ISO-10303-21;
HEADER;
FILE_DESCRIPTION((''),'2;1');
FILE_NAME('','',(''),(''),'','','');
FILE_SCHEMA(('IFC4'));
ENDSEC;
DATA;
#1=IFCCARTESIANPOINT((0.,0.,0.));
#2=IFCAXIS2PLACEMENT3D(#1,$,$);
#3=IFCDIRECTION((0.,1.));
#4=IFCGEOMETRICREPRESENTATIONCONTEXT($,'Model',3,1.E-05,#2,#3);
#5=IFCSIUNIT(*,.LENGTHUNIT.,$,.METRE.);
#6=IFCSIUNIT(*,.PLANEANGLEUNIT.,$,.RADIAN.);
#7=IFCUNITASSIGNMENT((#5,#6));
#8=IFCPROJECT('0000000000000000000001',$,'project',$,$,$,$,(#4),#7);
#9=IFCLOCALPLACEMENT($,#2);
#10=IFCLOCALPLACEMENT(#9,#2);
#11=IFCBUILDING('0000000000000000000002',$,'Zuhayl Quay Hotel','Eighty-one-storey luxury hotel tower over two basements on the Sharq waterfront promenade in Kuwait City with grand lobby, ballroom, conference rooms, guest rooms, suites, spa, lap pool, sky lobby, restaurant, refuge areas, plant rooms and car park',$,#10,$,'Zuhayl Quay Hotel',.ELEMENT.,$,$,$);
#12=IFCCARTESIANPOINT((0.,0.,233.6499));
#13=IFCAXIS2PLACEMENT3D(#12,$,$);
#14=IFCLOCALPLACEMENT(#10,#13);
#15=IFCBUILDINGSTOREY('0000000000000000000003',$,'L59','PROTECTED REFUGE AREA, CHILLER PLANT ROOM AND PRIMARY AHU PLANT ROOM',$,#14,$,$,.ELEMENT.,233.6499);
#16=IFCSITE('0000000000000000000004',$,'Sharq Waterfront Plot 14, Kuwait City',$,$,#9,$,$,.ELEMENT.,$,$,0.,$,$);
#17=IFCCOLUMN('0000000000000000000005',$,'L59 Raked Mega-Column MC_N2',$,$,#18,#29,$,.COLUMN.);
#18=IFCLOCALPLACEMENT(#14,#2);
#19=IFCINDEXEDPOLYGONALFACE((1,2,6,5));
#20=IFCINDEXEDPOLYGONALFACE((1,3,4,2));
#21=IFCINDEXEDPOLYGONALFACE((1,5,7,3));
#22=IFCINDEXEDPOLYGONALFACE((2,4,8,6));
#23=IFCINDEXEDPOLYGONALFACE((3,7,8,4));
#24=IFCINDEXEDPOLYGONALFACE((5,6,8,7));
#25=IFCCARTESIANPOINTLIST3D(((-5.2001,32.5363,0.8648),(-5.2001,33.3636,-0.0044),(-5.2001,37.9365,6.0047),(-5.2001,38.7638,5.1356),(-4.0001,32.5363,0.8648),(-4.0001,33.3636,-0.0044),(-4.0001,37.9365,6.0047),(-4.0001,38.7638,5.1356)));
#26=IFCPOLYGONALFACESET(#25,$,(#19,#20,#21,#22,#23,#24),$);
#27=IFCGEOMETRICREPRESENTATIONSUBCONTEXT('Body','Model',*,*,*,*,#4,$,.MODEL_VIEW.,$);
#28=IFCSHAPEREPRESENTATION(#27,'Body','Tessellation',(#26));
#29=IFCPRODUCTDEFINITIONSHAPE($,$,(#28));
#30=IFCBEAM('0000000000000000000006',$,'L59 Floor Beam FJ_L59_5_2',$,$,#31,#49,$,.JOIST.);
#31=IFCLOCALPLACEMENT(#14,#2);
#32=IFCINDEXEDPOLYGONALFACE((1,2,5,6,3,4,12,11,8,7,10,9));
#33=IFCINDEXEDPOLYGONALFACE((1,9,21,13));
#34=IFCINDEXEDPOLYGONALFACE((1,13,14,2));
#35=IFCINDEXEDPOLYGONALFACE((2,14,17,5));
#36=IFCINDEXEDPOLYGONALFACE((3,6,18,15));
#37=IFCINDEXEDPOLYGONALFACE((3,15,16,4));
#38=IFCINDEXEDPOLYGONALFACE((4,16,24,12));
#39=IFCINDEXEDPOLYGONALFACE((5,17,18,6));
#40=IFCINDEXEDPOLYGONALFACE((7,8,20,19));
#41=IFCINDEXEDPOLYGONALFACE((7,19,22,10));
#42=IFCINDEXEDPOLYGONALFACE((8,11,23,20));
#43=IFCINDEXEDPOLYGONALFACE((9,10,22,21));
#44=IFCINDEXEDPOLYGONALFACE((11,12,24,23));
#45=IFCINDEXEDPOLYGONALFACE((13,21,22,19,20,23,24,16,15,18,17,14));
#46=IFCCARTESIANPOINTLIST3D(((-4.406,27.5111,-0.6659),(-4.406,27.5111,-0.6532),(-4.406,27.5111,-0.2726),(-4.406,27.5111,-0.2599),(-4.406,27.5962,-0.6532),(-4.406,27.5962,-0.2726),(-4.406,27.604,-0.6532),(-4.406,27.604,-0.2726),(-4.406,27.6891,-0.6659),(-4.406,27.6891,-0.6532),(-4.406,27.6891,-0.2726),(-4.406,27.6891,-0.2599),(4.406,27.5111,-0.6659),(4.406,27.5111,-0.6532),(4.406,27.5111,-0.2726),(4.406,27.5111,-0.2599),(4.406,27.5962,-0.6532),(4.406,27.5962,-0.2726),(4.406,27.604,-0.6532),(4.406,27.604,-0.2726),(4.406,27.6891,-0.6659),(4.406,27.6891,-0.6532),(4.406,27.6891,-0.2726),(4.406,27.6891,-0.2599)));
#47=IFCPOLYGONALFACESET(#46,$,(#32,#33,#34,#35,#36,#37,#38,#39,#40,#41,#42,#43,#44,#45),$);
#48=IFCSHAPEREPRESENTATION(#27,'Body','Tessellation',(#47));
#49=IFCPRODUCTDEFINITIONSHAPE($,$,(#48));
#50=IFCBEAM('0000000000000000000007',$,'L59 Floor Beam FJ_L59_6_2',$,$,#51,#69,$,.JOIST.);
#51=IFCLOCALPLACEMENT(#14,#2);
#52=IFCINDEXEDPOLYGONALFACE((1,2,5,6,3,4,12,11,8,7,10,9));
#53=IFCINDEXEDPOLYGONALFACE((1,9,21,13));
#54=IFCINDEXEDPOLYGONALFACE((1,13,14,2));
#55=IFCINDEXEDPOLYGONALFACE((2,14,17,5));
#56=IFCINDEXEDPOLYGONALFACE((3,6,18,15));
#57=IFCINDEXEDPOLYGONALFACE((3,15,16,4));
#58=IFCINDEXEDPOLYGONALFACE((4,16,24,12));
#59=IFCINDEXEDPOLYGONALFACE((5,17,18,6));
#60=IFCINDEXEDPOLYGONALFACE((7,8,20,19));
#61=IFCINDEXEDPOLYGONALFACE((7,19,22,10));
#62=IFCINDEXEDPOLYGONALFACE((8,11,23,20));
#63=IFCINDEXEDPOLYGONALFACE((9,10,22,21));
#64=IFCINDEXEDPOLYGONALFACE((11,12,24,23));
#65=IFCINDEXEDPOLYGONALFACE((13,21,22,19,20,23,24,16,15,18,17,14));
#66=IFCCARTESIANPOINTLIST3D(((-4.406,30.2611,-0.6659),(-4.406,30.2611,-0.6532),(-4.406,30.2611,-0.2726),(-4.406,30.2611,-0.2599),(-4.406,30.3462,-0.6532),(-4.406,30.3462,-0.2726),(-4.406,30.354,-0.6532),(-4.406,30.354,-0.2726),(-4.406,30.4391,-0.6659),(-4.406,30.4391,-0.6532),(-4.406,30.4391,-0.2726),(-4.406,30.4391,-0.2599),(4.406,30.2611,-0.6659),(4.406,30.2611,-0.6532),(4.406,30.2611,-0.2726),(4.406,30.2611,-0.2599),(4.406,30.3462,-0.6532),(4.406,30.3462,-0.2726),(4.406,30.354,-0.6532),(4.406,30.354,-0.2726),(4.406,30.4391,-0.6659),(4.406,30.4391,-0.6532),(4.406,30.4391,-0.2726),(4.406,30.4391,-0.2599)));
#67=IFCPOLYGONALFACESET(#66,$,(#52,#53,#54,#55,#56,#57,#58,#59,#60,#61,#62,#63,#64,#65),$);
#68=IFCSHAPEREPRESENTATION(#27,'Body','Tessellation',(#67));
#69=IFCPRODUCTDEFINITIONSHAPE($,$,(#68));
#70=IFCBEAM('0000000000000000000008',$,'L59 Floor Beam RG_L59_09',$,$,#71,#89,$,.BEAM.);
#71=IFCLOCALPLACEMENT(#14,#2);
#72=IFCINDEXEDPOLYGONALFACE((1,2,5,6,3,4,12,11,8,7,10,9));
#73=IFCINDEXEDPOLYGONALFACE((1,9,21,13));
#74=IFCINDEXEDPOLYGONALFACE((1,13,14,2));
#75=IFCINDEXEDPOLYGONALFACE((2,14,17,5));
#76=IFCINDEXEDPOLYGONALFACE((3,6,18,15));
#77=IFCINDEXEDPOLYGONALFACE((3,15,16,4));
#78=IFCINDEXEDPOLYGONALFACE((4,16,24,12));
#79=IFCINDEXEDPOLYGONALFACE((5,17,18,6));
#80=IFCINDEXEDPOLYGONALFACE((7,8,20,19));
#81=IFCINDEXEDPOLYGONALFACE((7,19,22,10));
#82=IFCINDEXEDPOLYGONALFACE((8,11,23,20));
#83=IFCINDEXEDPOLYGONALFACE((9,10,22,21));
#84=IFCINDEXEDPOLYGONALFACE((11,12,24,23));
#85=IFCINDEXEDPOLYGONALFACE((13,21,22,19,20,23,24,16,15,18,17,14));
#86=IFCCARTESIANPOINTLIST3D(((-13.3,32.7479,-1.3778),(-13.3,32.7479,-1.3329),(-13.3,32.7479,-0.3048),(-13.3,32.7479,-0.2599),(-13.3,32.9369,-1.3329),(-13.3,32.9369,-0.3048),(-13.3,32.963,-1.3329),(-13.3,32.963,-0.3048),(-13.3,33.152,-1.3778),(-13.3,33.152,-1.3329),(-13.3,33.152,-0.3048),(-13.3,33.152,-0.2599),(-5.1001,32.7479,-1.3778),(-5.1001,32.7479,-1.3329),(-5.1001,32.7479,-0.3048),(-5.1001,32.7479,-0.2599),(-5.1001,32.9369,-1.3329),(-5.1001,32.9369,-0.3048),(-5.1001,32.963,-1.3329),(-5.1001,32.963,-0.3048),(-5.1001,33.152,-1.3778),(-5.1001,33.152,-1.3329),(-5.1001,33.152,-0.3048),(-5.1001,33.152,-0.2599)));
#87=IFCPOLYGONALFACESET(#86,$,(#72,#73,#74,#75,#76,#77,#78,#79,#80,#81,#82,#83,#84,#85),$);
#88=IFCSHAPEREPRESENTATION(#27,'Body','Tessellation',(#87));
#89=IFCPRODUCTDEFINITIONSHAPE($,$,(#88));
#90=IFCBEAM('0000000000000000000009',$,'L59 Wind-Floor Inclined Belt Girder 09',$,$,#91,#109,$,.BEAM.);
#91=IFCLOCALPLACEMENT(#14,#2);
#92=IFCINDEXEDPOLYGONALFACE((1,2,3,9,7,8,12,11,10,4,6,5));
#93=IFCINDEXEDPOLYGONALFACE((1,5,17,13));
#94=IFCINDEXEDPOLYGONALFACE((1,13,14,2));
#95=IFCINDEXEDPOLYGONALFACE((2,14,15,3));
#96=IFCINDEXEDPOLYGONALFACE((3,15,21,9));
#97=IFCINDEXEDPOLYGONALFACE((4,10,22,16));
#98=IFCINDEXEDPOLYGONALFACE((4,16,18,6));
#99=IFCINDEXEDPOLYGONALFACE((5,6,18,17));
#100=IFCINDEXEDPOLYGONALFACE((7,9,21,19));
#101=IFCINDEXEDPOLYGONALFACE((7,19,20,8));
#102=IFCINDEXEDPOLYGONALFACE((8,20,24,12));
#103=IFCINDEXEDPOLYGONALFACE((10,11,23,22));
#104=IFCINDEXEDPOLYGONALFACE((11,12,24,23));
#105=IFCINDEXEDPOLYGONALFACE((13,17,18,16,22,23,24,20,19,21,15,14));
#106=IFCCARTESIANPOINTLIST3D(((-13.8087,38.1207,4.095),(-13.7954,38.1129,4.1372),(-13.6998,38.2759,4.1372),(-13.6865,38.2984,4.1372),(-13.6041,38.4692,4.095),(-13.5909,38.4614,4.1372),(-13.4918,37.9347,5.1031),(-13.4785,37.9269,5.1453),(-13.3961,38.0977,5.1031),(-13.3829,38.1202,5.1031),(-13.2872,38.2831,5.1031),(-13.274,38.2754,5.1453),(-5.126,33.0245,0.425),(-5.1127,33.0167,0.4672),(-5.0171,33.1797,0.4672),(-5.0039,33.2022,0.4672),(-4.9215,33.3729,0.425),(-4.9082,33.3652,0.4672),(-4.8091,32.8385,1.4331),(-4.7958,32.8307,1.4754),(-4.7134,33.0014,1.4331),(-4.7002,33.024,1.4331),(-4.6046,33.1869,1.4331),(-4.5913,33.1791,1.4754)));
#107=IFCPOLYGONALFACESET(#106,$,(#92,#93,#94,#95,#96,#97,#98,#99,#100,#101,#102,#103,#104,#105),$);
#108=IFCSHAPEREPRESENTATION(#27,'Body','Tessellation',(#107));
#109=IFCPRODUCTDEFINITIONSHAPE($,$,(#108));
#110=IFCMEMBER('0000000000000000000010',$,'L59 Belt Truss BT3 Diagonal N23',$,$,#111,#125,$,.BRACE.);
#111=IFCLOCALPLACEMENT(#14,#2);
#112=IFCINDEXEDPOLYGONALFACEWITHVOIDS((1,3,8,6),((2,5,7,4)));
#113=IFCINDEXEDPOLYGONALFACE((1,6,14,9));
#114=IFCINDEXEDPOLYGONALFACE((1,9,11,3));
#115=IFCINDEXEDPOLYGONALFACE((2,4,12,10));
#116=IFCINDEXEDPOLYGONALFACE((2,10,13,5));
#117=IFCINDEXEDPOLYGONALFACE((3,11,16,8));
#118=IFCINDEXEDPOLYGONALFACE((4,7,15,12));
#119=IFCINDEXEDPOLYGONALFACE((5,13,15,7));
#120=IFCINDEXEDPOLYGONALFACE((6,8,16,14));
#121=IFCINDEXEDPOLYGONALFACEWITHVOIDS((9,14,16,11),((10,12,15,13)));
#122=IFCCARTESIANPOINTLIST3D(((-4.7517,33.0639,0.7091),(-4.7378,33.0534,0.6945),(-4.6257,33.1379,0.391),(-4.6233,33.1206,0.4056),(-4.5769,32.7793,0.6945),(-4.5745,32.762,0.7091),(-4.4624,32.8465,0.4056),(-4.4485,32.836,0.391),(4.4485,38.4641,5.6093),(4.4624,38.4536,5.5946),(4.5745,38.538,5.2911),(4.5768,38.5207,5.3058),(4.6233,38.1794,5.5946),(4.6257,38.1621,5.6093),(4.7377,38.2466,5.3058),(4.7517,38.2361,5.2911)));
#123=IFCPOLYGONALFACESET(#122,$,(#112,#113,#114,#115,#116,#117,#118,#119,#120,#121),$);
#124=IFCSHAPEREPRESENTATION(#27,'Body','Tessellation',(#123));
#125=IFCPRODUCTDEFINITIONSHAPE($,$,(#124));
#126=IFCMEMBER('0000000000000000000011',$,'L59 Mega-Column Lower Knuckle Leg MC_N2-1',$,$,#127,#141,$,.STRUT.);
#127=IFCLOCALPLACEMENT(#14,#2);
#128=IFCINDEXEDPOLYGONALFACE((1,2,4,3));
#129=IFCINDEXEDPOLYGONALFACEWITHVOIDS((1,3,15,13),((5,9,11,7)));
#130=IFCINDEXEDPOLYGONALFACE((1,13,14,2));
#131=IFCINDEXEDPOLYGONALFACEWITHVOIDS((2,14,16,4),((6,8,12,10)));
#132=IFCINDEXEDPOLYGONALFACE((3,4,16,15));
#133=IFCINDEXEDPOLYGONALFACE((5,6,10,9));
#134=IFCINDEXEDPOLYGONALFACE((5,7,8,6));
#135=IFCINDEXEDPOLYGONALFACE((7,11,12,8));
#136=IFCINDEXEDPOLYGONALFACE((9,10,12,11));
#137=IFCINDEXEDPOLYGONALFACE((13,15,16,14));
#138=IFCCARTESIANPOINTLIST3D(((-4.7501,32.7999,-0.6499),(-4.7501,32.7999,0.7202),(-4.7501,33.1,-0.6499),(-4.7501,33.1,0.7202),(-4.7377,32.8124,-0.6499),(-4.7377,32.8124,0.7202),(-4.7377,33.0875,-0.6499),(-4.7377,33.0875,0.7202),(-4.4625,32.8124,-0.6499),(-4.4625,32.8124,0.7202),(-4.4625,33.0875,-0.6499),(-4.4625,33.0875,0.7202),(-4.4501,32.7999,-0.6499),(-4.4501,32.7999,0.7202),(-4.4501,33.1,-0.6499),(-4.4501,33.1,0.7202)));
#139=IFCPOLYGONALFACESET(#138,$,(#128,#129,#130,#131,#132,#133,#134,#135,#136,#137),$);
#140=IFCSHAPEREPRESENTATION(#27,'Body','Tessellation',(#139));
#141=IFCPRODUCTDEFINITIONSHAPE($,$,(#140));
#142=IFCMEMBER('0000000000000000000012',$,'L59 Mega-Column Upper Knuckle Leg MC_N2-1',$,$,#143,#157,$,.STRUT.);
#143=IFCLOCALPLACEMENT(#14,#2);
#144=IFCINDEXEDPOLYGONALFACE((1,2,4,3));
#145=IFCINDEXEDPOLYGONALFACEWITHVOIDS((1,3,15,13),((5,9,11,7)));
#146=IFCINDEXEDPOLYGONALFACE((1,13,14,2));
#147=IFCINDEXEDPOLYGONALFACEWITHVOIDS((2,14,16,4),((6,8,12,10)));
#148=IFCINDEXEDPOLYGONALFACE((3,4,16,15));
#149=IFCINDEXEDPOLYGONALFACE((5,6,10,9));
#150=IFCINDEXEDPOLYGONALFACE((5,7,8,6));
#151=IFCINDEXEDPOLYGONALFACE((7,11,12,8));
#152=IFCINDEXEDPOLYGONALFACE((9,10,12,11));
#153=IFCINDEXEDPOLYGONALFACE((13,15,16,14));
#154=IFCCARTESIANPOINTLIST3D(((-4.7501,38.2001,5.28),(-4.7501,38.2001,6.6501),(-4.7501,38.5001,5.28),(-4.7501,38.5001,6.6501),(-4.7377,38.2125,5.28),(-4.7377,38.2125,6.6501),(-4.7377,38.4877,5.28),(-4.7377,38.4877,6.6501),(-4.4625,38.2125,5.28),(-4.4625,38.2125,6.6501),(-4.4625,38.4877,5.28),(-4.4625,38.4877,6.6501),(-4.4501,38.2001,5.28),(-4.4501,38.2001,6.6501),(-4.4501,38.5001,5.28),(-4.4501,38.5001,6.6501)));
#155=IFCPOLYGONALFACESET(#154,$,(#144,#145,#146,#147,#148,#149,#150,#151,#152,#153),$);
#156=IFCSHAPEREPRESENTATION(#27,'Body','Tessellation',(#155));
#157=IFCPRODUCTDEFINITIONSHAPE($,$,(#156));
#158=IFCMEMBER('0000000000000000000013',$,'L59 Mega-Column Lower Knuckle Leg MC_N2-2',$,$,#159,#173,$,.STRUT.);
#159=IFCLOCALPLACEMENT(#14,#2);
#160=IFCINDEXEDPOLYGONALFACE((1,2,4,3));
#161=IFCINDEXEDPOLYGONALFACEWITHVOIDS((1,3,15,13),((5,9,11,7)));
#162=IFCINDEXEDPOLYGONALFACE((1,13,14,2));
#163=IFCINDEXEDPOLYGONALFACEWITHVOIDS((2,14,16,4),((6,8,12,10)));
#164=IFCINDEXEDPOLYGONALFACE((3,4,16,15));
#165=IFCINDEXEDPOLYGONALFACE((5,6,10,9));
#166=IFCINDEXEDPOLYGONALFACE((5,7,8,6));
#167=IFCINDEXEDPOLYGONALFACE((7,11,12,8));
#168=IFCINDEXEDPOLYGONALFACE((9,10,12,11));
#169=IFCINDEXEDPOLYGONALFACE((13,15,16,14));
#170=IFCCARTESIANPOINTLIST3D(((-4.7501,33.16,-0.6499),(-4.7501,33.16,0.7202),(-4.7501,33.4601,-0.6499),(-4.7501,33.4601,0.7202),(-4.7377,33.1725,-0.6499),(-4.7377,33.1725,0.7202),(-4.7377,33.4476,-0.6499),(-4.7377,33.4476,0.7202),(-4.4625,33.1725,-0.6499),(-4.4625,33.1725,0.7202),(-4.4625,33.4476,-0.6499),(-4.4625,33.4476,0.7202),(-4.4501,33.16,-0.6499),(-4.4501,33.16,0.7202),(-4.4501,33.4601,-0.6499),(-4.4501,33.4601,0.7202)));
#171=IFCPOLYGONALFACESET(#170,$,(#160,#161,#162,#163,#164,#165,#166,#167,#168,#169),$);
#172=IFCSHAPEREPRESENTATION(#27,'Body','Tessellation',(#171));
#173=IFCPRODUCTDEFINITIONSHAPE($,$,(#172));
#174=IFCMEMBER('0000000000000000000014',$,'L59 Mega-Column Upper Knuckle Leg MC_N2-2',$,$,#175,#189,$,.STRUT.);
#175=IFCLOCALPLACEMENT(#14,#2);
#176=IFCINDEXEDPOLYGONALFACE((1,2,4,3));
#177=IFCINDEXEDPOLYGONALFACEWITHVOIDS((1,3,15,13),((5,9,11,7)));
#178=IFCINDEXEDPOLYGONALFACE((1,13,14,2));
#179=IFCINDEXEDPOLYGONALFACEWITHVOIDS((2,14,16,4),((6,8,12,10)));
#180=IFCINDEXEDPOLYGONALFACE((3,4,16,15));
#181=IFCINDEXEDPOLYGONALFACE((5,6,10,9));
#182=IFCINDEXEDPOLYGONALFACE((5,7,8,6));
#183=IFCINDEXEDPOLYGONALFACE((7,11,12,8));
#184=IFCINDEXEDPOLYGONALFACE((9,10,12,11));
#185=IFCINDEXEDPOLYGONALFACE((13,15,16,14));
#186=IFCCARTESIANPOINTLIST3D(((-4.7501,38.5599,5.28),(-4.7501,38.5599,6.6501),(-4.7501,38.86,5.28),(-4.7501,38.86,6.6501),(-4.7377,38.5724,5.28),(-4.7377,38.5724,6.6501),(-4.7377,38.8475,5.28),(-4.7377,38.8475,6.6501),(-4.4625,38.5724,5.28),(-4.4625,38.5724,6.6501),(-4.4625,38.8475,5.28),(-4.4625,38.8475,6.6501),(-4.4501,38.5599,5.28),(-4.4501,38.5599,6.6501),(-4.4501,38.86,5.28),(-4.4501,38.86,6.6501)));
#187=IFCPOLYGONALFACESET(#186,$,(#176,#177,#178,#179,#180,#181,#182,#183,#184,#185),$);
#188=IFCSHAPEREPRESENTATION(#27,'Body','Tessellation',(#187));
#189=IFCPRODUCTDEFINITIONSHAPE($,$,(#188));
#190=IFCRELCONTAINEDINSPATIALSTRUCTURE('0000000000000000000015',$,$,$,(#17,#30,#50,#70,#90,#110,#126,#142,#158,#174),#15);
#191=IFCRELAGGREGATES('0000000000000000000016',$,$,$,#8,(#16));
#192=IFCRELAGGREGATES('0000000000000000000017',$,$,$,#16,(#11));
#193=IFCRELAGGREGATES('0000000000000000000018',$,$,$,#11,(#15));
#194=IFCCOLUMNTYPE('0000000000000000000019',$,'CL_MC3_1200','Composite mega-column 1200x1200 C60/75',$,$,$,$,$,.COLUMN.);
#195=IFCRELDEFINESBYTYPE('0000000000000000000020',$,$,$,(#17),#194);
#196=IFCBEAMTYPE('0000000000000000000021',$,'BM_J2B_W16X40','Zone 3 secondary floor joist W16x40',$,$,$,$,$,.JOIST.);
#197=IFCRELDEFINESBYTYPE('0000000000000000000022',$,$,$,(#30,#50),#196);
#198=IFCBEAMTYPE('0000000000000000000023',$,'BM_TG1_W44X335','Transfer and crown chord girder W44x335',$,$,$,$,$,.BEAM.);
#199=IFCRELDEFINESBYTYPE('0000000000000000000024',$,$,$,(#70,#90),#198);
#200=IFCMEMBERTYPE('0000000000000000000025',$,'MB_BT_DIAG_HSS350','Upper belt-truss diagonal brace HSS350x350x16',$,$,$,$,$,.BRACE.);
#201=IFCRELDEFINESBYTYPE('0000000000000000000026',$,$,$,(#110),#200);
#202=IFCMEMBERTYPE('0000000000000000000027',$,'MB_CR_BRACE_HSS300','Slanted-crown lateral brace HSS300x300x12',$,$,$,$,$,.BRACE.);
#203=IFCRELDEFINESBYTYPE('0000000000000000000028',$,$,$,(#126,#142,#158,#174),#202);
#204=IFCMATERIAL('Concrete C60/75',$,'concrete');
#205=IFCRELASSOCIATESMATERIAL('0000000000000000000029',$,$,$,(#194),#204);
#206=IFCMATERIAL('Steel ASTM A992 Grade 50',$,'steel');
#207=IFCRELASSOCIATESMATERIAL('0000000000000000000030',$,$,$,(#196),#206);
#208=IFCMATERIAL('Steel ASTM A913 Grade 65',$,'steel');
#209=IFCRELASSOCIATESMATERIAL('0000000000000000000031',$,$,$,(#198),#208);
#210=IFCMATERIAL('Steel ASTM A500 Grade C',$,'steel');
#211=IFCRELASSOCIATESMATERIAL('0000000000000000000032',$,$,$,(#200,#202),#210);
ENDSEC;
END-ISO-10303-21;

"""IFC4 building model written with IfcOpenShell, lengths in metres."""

from ifc_helpers import new_model, si_unit, direction, frame, origin, origin_2d, place, context, subcontext, project, spatial, rectangle, hollow_rectangle, i_section, extrude, material, material_profile, profile_set, type_object, element, save


model = new_model("IFC4")

# Units and contexts
model_context = context("Model", 3, precision=1e-05, world=origin(), true_north=direction((0.0, 1.0)))
body_context = subcontext(model_context, "Body", "Model", "MODEL_VIEW")
ifc_project = project(units=[si_unit("LENGTHUNIT", "METRE"), si_unit("PLANEANGLEUNIT", "RADIAN")], contexts=[model_context])

# Site, building, storey
site_placement = place(None, origin())
site = spatial("IfcSite", under=ifc_project, at=site_placement, Name="Sharq Waterfront Plot 14, Kuwait City", CompositionType="ELEMENT", RefElevation=0.0)
building_placement = place(site_placement, origin())
building = spatial("IfcBuilding", under=site, at=building_placement, Name="Zuhayl Quay Hotel", Description="Eighty-one-storey luxury hotel tower over two basements on the Sharq waterfront promenade in Kuwait City with grand lobby, ballroom, conference rooms, guest rooms, suites, spa, lap pool, sky lobby, restaurant, refuge areas, plant rooms and car park", LongName="Zuhayl Quay Hotel", CompositionType="ELEMENT")
storey_placement = place(building_placement, frame((0.0, 0.0, 233.6499)))
storey = spatial("IfcBuildingStorey", under=building, at=storey_placement, Name="L59", Description="PROTECTED REFUGE AREA, CHILLER PLANT ROOM AND PRIMARY AHU PLANT ROOM", CompositionType="ELEMENT", Elevation=233.6499)

# Column
ifc_material_1 = material(Name="Concrete C60/75", Category="concrete")
ifc_material_profile_1 = material_profile(ifc_material_1, rectangle(XDim=1.2, YDim=1.2, at=origin_2d()), Name="RC1200X1200")
ifc_profile_set_1 = profile_set([ifc_material_profile_1], Name="Concrete C60/75")
column_type = type_object("IfcColumnType", Name="CL_MC3_1200", Description="Composite mega-column 1200x1200 C60/75", PredefinedType="COLUMN", material=ifc_profile_set_1)
column_placement = place(storey_placement, frame((-4.6001, 32.95, 0.4302), z_axis=(0.0, 0.724346, 0.689437), x_axis=(-1.0, 0.0, 0.0)))
element("IfcColumn", 1, at=column_placement, inside=storey, type_object=column_type, Name="L59 Raked Mega-Column MC_N2", PredefinedType="COLUMN", context=body_context, shape_type="SweptSolid", body=[
    extrude(rectangle(XDim=1.2, YDim=1.2, at=origin_2d()), origin(), (0.0, 0.0, 1.0), 7.4553),
])

# Beams
ifc_material_2 = material(Name="Steel ASTM A992 Grade 50", Category="steel")
ifc_material_profile_2 = material_profile(ifc_material_2, i_section(OverallWidth=0.178, OverallDepth=0.406, WebThickness=0.0078, FlangeThickness=0.0127, at=origin_2d()), Name="W16X40")
ifc_profile_set_2 = profile_set([ifc_material_profile_2], Name="Steel ASTM A992 Grade 50")
beam_type_1 = type_object("IfcBeamType", Name="BM_J2B_W16X40", Description="Zone 3 secondary floor joist W16x40", PredefinedType="JOIST", material=ifc_profile_set_2)
for number, where, z_axis, x_axis, name in (
    (2, (-4.406, 27.6001, -0.4629), (1.0, 0.0, 0.0), (0.0, 1.0, 0.0), "L59 Floor Beam FJ_L59_5_2"),
    (3, (-4.406, 30.3501, -0.4629), (1.0, 0.0, 0.0), (0.0, 1.0, 0.0), "L59 Floor Beam FJ_L59_6_2"),
):
    element("IfcBeam", number, at=place(storey_placement, frame(where, z_axis=z_axis, x_axis=x_axis)), inside=storey, type_object=beam_type_1, Name=name, PredefinedType="JOIST", context=body_context, shape_type="SweptSolid", body=[
        extrude(i_section(OverallWidth=0.178, OverallDepth=0.406, WebThickness=0.0078, FlangeThickness=0.0127, at=origin_2d()), origin(), (0.0, 0.0, 1.0), 8.812),
    ])
ifc_material_3 = material(Name="Steel ASTM A913 Grade 65", Category="steel")
ifc_material_profile_3 = material_profile(ifc_material_3, i_section(OverallWidth=0.4041, OverallDepth=1.1179, WebThickness=0.0261, FlangeThickness=0.0449, at=origin_2d()), Name="W44X335")
ifc_profile_set_3 = profile_set([ifc_material_profile_3], Name="Steel ASTM A913 Grade 65")
beam_type_2 = type_object("IfcBeamType", Name="BM_TG1_W44X335", Description="Transfer and crown chord girder W44x335", PredefinedType="BEAM", material=ifc_profile_set_3)
beam_1_placement = place(storey_placement, frame((-5.1001, 32.95, -0.8188), z_axis=(-1.0, 0.0, 0.0), x_axis=(0.0, -1.0, 0.0)))
element("IfcBeam", 4, at=beam_1_placement, inside=storey, type_object=beam_type_2, Name="L59 Floor Beam RG_L59_09", PredefinedType="BEAM", context=body_context, shape_type="SweptSolid", body=[
    extrude(i_section(OverallWidth=0.4041, OverallDepth=1.1179, WebThickness=0.0261, FlangeThickness=0.0449, at=origin_2d()), origin(), (0.0, 0.0, 1.0), 8.2),
])
beam_2_placement = place(storey_placement, frame((-4.8586, 33.1018, 0.9502), z_axis=(-0.810267, 0.475579, 0.342479), x_axis=(-0.506191, -0.862421, 0.0)))
element("IfcBeam", 5, at=beam_2_placement, inside=storey, type_object=beam_type_2, Name="L59 Wind-Floor Inclined Belt Girder 09", PredefinedType="BEAM", context=body_context, shape_type="SweptSolid", body=[
    extrude(i_section(OverallWidth=0.4041, OverallDepth=1.1179, WebThickness=0.0261, FlangeThickness=0.0449, at=origin_2d()), origin(), (0.0, 0.0, 1.0), 10.7158),
])

# Members
ifc_material_4 = material(Name="Steel ASTM A500 Grade C", Category="steel")
ifc_material_profile_4 = material_profile(ifc_material_4, hollow_rectangle(XDim=0.3501, YDim=0.3501, WallThickness=0.0161, at=origin_2d()), Name="HSS350X350X16")
ifc_profile_set_4 = profile_set([ifc_material_profile_4], Name="Steel ASTM A500 Grade C")
member_type_1 = type_object("IfcMemberType", Name="MB_BT_DIAG_HSS350", Description="Upper belt-truss diagonal brace HSS350x350x16", PredefinedType="BRACE", material=ifc_profile_set_4)
member_placement = place(storey_placement, frame((-4.6001, 32.95, 0.55), z_axis=(0.783694, 0.459997, 0.417406), x_axis=(-0.506203, 0.862414, 0.0)))
element("IfcMember", 6, at=member_placement, inside=storey, type_object=member_type_1, Name="L59 Belt Truss BT3 Diagonal N23", PredefinedType="BRACE", context=body_context, shape_type="SweptSolid", body=[
    extrude(hollow_rectangle(XDim=0.3501, YDim=0.3501, WallThickness=0.0161, at=origin_2d()), origin(), (0.0, 0.0, 1.0), 11.7395),
])
ifc_material_profile_5 = material_profile(ifc_material_4, hollow_rectangle(XDim=0.3, YDim=0.3, WallThickness=0.0125, at=origin_2d()), Name="HSS300X300X12")
ifc_profile_set_5 = profile_set([ifc_material_profile_5], Name="Steel ASTM A500 Grade C")
member_type_2 = type_object("IfcMemberType", Name="MB_CR_BRACE_HSS300", Description="Slanted-crown lateral brace HSS300x300x12", PredefinedType="BRACE", material=ifc_profile_set_5)
for number, where, z_axis, x_axis, name in (
    (7, (-4.6001, 32.95, -0.6499), (0.0, 0.0, 1.0), (1.0, 0.0, 0.0), "L59 Mega-Column Lower Knuckle Leg MC_N2-1"),
    (8, (-4.6001, 38.3501, 5.28), (0.0, 0.0, 1.0), (1.0, 0.0, 0.0), "L59 Mega-Column Upper Knuckle Leg MC_N2-1"),
    (9, (-4.6001, 33.3101, -0.6499), (0.0, 0.0, 1.0), (1.0, 0.0, 0.0), "L59 Mega-Column Lower Knuckle Leg MC_N2-2"),
    (10, (-4.6001, 38.71, 5.28), (0.0, 0.0, 1.0), (1.0, 0.0, 0.0), "L59 Mega-Column Upper Knuckle Leg MC_N2-2"),
):
    element("IfcMember", number, at=place(storey_placement, frame(where, z_axis=z_axis, x_axis=x_axis)), inside=storey, type_object=member_type_2, Name=name, PredefinedType="STRUT", context=body_context, shape_type="SweptSolid", body=[
        extrude(hollow_rectangle(XDim=0.3, YDim=0.3, WallThickness=0.0125, at=origin_2d()), origin(), (0.0, 0.0, 1.0), 1.3701),
    ])

save(model, "model.ifc")
